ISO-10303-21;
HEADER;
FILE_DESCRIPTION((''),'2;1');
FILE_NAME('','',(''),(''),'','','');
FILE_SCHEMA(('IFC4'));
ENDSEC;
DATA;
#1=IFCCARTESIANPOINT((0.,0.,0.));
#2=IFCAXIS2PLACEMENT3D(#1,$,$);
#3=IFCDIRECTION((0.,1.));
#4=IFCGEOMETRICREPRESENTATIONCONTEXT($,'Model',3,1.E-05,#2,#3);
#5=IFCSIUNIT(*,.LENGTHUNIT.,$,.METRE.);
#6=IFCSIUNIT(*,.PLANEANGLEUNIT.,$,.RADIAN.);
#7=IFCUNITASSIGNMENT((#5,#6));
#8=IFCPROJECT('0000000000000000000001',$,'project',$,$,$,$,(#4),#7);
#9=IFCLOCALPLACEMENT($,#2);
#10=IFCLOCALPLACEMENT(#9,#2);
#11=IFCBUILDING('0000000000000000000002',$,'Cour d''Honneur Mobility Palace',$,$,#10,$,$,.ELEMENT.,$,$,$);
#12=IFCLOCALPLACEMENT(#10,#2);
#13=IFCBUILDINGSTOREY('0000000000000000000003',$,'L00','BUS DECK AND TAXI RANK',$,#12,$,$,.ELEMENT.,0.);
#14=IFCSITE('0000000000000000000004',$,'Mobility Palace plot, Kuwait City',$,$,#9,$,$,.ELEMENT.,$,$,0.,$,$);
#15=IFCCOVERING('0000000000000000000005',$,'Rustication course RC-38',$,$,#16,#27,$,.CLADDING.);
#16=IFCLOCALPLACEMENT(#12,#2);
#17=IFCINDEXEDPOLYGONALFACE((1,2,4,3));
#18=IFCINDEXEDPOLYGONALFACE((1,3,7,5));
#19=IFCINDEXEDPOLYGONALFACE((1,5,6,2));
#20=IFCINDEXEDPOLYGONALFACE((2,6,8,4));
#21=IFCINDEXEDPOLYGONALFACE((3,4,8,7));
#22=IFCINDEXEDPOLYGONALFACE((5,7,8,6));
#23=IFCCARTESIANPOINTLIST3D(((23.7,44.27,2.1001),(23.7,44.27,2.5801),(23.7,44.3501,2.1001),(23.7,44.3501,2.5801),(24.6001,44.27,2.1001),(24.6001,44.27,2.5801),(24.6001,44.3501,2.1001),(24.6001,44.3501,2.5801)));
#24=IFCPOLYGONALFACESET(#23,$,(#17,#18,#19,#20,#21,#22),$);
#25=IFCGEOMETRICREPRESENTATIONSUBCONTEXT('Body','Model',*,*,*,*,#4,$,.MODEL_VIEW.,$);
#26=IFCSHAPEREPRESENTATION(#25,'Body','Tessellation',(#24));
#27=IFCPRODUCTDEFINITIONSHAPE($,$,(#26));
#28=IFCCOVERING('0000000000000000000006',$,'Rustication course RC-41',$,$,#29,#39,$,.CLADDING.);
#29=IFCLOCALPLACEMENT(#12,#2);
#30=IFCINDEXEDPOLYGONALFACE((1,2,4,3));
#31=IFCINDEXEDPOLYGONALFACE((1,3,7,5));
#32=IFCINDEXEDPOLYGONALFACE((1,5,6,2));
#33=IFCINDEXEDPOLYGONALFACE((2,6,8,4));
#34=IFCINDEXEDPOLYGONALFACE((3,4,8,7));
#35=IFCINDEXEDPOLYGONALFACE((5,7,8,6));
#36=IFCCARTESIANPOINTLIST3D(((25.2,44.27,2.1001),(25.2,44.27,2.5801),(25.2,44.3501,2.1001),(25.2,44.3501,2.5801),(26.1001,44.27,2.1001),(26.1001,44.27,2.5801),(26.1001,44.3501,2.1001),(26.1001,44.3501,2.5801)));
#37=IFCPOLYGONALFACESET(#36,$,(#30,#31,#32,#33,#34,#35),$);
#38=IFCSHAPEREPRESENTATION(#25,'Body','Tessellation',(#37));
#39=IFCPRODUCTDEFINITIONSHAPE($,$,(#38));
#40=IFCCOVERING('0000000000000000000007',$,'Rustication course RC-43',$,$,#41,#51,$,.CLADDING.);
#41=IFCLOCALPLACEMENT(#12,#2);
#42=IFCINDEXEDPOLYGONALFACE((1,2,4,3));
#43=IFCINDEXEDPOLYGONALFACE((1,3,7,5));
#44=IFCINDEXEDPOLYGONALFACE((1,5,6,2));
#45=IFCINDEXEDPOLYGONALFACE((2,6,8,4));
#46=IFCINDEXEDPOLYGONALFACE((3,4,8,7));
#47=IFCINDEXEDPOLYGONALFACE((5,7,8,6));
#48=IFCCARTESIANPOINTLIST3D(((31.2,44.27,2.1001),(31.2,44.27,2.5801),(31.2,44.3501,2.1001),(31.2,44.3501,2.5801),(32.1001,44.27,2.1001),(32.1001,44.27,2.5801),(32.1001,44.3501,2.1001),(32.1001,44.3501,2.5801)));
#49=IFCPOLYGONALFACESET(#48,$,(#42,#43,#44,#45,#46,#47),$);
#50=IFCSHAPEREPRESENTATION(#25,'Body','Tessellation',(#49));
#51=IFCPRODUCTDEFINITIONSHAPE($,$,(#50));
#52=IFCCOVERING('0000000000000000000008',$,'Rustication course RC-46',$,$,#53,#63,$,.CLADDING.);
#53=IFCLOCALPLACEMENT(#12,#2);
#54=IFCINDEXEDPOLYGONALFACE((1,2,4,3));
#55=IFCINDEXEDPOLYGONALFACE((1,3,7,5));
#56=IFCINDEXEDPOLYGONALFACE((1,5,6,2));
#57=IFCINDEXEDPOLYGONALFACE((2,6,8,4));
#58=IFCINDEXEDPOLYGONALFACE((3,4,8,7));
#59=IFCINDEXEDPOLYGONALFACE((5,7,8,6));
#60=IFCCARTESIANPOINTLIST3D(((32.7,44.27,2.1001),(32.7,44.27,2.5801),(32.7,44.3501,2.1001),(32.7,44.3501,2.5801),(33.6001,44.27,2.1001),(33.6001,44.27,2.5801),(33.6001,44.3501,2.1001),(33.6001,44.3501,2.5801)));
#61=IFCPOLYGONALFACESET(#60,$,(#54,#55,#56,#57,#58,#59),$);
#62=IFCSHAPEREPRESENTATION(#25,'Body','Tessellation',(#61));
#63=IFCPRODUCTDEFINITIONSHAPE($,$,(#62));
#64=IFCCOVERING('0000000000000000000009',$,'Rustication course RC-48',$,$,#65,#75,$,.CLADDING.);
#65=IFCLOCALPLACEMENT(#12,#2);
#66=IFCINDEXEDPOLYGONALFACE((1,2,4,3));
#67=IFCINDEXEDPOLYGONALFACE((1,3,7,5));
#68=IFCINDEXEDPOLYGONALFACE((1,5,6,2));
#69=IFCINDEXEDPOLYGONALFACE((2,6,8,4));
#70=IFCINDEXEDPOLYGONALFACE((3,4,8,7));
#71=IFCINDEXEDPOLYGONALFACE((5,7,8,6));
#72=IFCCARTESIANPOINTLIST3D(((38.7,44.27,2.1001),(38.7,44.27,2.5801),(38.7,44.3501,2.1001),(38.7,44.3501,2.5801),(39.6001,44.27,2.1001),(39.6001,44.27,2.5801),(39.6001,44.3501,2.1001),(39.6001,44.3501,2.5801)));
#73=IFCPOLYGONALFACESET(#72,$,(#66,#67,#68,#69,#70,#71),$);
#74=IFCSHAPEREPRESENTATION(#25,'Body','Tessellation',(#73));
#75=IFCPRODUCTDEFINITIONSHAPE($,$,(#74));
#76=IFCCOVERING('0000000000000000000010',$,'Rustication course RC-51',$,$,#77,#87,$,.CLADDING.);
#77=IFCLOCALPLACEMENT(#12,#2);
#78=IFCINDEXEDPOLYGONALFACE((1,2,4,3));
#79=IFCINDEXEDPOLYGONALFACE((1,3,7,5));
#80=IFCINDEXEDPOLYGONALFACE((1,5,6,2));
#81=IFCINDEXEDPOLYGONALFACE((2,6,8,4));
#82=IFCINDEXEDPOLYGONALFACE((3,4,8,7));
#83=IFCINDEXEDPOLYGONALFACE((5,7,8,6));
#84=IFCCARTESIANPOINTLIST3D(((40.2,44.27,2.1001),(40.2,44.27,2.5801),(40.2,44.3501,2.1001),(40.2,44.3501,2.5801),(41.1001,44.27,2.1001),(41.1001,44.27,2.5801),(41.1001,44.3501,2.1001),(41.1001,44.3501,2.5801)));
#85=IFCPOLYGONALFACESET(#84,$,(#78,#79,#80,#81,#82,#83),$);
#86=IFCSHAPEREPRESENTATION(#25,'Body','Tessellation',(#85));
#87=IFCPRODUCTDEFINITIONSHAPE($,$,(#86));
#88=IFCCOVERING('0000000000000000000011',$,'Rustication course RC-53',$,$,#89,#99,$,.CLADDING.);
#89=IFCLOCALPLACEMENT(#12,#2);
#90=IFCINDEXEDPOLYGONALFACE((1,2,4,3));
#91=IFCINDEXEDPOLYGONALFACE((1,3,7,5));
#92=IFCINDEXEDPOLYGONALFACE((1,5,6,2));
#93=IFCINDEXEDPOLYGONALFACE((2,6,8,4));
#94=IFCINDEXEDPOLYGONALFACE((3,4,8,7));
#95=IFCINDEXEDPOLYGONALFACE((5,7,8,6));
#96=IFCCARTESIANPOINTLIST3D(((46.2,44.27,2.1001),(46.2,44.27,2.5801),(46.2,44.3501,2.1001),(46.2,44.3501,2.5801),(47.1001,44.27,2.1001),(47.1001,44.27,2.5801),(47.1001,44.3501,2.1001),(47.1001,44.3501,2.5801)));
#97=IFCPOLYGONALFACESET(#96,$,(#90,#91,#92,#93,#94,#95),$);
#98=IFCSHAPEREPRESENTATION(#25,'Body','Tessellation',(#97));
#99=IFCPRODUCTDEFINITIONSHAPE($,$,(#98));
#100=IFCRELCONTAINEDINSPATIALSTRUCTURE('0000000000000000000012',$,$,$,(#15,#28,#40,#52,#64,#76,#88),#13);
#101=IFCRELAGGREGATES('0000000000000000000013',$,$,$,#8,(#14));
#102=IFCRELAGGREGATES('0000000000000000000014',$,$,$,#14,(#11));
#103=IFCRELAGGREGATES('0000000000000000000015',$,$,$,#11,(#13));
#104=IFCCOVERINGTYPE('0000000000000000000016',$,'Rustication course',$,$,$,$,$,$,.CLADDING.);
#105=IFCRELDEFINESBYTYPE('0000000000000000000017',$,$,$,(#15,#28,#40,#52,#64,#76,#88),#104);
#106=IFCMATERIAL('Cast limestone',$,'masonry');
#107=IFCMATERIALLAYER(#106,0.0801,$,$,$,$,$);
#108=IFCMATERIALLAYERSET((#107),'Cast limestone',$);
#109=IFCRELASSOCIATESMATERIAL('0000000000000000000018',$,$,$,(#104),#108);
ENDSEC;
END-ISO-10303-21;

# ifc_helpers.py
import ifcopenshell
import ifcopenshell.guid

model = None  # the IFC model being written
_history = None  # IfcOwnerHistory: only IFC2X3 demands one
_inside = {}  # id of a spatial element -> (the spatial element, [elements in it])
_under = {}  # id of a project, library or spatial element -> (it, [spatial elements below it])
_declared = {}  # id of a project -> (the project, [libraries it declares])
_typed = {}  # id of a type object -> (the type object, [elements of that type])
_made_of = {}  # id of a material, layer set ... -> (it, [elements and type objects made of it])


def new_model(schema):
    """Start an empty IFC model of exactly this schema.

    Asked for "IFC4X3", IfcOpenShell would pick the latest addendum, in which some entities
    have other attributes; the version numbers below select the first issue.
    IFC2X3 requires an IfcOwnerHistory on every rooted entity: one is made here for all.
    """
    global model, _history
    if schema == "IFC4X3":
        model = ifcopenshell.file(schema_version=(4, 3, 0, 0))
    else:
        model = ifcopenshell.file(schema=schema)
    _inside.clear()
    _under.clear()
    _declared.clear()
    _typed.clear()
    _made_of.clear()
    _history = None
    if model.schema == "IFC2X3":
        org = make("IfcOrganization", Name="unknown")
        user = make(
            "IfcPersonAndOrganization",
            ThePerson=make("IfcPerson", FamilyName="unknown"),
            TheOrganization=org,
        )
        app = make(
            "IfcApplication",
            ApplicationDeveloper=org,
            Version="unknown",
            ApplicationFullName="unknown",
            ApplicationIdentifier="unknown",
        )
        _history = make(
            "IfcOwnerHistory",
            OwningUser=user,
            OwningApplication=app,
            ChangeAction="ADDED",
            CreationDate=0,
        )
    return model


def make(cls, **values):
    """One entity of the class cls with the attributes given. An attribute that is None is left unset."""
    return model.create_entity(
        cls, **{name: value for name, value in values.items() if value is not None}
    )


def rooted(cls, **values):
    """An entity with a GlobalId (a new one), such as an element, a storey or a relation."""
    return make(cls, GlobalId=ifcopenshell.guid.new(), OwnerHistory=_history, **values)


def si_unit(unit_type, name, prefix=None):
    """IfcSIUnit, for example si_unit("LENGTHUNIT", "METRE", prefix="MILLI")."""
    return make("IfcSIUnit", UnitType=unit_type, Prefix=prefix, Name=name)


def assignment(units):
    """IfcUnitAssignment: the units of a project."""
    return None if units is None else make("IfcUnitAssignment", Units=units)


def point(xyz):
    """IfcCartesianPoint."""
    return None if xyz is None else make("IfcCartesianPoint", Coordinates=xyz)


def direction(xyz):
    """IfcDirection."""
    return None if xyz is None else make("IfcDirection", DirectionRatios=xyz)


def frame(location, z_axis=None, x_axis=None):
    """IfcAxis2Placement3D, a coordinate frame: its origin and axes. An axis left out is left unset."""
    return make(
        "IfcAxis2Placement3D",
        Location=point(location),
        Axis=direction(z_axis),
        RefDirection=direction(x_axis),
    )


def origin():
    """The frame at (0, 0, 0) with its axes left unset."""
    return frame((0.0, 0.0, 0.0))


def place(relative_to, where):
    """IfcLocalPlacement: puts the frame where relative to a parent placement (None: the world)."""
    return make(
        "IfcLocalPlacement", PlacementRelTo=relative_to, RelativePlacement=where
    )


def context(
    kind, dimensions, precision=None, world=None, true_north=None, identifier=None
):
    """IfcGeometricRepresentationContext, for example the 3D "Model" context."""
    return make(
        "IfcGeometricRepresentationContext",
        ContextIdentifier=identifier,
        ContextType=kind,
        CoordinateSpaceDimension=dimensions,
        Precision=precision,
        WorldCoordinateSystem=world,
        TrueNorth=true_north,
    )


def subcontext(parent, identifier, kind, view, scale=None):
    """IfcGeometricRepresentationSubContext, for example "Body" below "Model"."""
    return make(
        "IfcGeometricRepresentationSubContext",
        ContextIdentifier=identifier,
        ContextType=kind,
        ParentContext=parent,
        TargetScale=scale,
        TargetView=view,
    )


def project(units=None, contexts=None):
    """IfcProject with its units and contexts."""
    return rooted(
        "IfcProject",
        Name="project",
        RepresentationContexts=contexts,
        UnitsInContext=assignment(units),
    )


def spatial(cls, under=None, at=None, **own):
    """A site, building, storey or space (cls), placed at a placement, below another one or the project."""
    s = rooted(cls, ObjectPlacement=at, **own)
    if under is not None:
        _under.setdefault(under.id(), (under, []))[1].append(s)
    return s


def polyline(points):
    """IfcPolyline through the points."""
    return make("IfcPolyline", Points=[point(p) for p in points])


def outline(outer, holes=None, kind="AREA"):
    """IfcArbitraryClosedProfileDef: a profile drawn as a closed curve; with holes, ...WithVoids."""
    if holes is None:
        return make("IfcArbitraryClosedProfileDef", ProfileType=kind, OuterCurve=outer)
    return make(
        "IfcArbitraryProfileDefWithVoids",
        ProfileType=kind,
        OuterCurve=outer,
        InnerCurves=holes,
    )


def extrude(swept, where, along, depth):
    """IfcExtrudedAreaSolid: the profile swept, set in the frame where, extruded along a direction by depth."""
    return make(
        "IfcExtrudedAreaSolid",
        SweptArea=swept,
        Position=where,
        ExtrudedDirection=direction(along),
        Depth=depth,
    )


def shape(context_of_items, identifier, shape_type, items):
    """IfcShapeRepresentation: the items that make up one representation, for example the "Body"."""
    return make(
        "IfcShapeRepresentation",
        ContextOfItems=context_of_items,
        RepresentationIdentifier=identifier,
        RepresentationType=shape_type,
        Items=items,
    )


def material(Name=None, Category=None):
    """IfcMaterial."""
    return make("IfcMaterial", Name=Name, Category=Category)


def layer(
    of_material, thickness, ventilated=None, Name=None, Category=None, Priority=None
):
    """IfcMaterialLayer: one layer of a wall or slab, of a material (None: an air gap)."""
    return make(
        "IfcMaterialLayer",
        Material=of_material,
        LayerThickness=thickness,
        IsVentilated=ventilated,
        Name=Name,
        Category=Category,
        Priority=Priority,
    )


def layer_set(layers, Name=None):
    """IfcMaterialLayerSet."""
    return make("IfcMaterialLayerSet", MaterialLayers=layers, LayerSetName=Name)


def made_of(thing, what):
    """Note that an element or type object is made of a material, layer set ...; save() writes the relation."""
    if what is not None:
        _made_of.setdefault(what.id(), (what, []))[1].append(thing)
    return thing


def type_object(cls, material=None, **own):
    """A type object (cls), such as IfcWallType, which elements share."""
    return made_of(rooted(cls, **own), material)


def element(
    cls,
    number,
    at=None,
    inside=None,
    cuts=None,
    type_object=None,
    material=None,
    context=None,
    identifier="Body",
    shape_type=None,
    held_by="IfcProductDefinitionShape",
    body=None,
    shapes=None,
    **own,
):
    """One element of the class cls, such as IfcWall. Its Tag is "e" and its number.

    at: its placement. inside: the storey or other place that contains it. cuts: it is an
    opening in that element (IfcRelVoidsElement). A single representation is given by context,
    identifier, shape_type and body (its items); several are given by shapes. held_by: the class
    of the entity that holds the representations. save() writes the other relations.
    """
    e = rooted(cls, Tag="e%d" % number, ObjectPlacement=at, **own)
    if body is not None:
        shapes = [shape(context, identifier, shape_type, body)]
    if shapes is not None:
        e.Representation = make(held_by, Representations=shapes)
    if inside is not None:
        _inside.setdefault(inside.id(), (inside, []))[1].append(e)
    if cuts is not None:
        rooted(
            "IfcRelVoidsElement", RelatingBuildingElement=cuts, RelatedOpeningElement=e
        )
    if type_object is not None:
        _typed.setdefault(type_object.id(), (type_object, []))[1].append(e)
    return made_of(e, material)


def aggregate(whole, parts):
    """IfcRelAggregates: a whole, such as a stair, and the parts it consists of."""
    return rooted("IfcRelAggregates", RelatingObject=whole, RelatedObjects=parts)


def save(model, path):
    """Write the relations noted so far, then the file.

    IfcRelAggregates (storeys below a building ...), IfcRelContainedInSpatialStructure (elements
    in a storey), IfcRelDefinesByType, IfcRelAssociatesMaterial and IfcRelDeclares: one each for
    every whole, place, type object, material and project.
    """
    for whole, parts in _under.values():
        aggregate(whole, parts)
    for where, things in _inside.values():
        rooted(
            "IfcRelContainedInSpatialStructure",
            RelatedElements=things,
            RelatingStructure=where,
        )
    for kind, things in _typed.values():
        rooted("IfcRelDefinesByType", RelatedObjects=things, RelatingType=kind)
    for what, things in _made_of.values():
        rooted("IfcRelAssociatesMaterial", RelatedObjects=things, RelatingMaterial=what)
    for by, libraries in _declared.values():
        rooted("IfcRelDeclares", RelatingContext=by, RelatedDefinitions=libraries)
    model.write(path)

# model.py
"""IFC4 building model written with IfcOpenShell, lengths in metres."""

from ifc_helpers import new_model, si_unit, direction, frame, origin, place, context, subcontext, project, spatial, polyline, outline, extrude, material, layer, layer_set, type_object, element, save


model = new_model("IFC4")

# Units and contexts
model_context = context("Model", 3, precision=1e-05, world=origin(), true_north=direction((0.0, 1.0)))
body_context = subcontext(model_context, "Body", "Model", "MODEL_VIEW")
ifc_project = project(units=[si_unit("LENGTHUNIT", "METRE"), si_unit("PLANEANGLEUNIT", "RADIAN")], contexts=[model_context])

# Site, building, storey
site_placement = place(None, origin())
site = spatial("IfcSite", under=ifc_project, at=site_placement, Name="Mobility Palace plot, Kuwait City", CompositionType="ELEMENT", RefElevation=0.0)
building_placement = place(site_placement, origin())
building = spatial("IfcBuilding", under=site, at=building_placement, Name="Cour d'Honneur Mobility Palace", CompositionType="ELEMENT")
storey_placement = place(building_placement, origin())
storey = spatial("IfcBuildingStorey", under=building, at=storey_placement, Name="L00", Description="BUS DECK AND TAXI RANK", CompositionType="ELEMENT", Elevation=0.0)

# Coverings
ifc_material_1 = material(Name="Cast limestone", Category="masonry")
ifc_layer_1 = layer(ifc_material_1, 0.0801)
ifc_layer_set_1 = layer_set([ifc_layer_1], Name="Cast limestone")
covering_type_1 = type_object("IfcCoveringType", Name="Rustication course", PredefinedType="CLADDING", material=ifc_layer_set_1)
covering_1_placement = place(storey_placement, frame((0.0, 0.0, 2.1001)))
element("IfcCovering", 1, at=covering_1_placement, inside=storey, type_object=covering_type_1, Name="Rustication course RC-38", PredefinedType="CLADDING", context=body_context, shape_type="SweptSolid", body=[
    extrude(outline(polyline([(23.7, 44.3501), (24.6001, 44.3501), (24.6001, 44.27), (23.7, 44.27), (23.7, 44.3501)])), origin(), (0.0, 0.0, 1.0), 0.48),
])
covering_2_placement = place(storey_placement, frame((0.0, 0.0, 2.1001)))
element("IfcCovering", 2, at=covering_2_placement, inside=storey, type_object=covering_type_1, Name="Rustication course RC-41", PredefinedType="CLADDING", context=body_context, shape_type="SweptSolid", body=[
    extrude(outline(polyline([(25.2, 44.3501), (26.1001, 44.3501), (26.1001, 44.27), (25.2, 44.27), (25.2, 44.3501)])), origin(), (0.0, 0.0, 1.0), 0.48),
])
covering_3_placement = place(storey_placement, frame((0.0, 0.0, 2.1001)))
element("IfcCovering", 3, at=covering_3_placement, inside=storey, type_object=covering_type_1, Name="Rustication course RC-43", PredefinedType="CLADDING", context=body_context, shape_type="SweptSolid", body=[
    extrude(outline(polyline([(31.2, 44.3501), (32.1001, 44.3501), (32.1001, 44.27), (31.2, 44.27), (31.2, 44.3501)])), origin(), (0.0, 0.0, 1.0), 0.48),
])
covering_4_placement = place(storey_placement, frame((0.0, 0.0, 2.1001)))
element("IfcCovering", 4, at=covering_4_placement, inside=storey, type_object=covering_type_1, Name="Rustication course RC-46", PredefinedType="CLADDING", context=body_context, shape_type="SweptSolid", body=[
    extrude(outline(polyline([(32.7, 44.3501), (33.6001, 44.3501), (33.6001, 44.27), (32.7, 44.27), (32.7, 44.3501)])), origin(), (0.0, 0.0, 1.0), 0.48),
])
covering_5_placement = place(storey_placement, frame((0.0, 0.0, 2.1001)))
element("IfcCovering", 5, at=covering_5_placement, inside=storey, type_object=covering_type_1, Name="Rustication course RC-48", PredefinedType="CLADDING", context=body_context, shape_type="SweptSolid", body=[
    extrude(outline(polyline([(38.7, 44.3501), (39.6001, 44.3501), (39.6001, 44.27), (38.7, 44.27), (38.7, 44.3501)])), origin(), (0.0, 0.0, 1.0), 0.48),
])
covering_6_placement = place(storey_placement, frame((0.0, 0.0, 2.1001)))
element("IfcCovering", 6, at=covering_6_placement, inside=storey, type_object=covering_type_1, Name="Rustication course RC-51", PredefinedType="CLADDING", context=body_context, shape_type="SweptSolid", body=[
    extrude(outline(polyline([(40.2, 44.3501), (41.1001, 44.3501), (41.1001, 44.27), (40.2, 44.27), (40.2, 44.3501)])), origin(), (0.0, 0.0, 1.0), 0.48),
])
covering_7_placement = place(storey_placement, frame((0.0, 0.0, 2.1001)))
element("IfcCovering", 7, at=covering_7_placement, inside=storey, type_object=covering_type_1, Name="Rustication course RC-53", PredefinedType="CLADDING", context=body_context, shape_type="SweptSolid", body=[
    extrude(outline(polyline([(46.2, 44.3501), (47.1001, 44.3501), (47.1001, 44.27), (46.2, 44.27), (46.2, 44.3501)])), origin(), (0.0, 0.0, 1.0), 0.48),
])

save(model, "model.ifc")
